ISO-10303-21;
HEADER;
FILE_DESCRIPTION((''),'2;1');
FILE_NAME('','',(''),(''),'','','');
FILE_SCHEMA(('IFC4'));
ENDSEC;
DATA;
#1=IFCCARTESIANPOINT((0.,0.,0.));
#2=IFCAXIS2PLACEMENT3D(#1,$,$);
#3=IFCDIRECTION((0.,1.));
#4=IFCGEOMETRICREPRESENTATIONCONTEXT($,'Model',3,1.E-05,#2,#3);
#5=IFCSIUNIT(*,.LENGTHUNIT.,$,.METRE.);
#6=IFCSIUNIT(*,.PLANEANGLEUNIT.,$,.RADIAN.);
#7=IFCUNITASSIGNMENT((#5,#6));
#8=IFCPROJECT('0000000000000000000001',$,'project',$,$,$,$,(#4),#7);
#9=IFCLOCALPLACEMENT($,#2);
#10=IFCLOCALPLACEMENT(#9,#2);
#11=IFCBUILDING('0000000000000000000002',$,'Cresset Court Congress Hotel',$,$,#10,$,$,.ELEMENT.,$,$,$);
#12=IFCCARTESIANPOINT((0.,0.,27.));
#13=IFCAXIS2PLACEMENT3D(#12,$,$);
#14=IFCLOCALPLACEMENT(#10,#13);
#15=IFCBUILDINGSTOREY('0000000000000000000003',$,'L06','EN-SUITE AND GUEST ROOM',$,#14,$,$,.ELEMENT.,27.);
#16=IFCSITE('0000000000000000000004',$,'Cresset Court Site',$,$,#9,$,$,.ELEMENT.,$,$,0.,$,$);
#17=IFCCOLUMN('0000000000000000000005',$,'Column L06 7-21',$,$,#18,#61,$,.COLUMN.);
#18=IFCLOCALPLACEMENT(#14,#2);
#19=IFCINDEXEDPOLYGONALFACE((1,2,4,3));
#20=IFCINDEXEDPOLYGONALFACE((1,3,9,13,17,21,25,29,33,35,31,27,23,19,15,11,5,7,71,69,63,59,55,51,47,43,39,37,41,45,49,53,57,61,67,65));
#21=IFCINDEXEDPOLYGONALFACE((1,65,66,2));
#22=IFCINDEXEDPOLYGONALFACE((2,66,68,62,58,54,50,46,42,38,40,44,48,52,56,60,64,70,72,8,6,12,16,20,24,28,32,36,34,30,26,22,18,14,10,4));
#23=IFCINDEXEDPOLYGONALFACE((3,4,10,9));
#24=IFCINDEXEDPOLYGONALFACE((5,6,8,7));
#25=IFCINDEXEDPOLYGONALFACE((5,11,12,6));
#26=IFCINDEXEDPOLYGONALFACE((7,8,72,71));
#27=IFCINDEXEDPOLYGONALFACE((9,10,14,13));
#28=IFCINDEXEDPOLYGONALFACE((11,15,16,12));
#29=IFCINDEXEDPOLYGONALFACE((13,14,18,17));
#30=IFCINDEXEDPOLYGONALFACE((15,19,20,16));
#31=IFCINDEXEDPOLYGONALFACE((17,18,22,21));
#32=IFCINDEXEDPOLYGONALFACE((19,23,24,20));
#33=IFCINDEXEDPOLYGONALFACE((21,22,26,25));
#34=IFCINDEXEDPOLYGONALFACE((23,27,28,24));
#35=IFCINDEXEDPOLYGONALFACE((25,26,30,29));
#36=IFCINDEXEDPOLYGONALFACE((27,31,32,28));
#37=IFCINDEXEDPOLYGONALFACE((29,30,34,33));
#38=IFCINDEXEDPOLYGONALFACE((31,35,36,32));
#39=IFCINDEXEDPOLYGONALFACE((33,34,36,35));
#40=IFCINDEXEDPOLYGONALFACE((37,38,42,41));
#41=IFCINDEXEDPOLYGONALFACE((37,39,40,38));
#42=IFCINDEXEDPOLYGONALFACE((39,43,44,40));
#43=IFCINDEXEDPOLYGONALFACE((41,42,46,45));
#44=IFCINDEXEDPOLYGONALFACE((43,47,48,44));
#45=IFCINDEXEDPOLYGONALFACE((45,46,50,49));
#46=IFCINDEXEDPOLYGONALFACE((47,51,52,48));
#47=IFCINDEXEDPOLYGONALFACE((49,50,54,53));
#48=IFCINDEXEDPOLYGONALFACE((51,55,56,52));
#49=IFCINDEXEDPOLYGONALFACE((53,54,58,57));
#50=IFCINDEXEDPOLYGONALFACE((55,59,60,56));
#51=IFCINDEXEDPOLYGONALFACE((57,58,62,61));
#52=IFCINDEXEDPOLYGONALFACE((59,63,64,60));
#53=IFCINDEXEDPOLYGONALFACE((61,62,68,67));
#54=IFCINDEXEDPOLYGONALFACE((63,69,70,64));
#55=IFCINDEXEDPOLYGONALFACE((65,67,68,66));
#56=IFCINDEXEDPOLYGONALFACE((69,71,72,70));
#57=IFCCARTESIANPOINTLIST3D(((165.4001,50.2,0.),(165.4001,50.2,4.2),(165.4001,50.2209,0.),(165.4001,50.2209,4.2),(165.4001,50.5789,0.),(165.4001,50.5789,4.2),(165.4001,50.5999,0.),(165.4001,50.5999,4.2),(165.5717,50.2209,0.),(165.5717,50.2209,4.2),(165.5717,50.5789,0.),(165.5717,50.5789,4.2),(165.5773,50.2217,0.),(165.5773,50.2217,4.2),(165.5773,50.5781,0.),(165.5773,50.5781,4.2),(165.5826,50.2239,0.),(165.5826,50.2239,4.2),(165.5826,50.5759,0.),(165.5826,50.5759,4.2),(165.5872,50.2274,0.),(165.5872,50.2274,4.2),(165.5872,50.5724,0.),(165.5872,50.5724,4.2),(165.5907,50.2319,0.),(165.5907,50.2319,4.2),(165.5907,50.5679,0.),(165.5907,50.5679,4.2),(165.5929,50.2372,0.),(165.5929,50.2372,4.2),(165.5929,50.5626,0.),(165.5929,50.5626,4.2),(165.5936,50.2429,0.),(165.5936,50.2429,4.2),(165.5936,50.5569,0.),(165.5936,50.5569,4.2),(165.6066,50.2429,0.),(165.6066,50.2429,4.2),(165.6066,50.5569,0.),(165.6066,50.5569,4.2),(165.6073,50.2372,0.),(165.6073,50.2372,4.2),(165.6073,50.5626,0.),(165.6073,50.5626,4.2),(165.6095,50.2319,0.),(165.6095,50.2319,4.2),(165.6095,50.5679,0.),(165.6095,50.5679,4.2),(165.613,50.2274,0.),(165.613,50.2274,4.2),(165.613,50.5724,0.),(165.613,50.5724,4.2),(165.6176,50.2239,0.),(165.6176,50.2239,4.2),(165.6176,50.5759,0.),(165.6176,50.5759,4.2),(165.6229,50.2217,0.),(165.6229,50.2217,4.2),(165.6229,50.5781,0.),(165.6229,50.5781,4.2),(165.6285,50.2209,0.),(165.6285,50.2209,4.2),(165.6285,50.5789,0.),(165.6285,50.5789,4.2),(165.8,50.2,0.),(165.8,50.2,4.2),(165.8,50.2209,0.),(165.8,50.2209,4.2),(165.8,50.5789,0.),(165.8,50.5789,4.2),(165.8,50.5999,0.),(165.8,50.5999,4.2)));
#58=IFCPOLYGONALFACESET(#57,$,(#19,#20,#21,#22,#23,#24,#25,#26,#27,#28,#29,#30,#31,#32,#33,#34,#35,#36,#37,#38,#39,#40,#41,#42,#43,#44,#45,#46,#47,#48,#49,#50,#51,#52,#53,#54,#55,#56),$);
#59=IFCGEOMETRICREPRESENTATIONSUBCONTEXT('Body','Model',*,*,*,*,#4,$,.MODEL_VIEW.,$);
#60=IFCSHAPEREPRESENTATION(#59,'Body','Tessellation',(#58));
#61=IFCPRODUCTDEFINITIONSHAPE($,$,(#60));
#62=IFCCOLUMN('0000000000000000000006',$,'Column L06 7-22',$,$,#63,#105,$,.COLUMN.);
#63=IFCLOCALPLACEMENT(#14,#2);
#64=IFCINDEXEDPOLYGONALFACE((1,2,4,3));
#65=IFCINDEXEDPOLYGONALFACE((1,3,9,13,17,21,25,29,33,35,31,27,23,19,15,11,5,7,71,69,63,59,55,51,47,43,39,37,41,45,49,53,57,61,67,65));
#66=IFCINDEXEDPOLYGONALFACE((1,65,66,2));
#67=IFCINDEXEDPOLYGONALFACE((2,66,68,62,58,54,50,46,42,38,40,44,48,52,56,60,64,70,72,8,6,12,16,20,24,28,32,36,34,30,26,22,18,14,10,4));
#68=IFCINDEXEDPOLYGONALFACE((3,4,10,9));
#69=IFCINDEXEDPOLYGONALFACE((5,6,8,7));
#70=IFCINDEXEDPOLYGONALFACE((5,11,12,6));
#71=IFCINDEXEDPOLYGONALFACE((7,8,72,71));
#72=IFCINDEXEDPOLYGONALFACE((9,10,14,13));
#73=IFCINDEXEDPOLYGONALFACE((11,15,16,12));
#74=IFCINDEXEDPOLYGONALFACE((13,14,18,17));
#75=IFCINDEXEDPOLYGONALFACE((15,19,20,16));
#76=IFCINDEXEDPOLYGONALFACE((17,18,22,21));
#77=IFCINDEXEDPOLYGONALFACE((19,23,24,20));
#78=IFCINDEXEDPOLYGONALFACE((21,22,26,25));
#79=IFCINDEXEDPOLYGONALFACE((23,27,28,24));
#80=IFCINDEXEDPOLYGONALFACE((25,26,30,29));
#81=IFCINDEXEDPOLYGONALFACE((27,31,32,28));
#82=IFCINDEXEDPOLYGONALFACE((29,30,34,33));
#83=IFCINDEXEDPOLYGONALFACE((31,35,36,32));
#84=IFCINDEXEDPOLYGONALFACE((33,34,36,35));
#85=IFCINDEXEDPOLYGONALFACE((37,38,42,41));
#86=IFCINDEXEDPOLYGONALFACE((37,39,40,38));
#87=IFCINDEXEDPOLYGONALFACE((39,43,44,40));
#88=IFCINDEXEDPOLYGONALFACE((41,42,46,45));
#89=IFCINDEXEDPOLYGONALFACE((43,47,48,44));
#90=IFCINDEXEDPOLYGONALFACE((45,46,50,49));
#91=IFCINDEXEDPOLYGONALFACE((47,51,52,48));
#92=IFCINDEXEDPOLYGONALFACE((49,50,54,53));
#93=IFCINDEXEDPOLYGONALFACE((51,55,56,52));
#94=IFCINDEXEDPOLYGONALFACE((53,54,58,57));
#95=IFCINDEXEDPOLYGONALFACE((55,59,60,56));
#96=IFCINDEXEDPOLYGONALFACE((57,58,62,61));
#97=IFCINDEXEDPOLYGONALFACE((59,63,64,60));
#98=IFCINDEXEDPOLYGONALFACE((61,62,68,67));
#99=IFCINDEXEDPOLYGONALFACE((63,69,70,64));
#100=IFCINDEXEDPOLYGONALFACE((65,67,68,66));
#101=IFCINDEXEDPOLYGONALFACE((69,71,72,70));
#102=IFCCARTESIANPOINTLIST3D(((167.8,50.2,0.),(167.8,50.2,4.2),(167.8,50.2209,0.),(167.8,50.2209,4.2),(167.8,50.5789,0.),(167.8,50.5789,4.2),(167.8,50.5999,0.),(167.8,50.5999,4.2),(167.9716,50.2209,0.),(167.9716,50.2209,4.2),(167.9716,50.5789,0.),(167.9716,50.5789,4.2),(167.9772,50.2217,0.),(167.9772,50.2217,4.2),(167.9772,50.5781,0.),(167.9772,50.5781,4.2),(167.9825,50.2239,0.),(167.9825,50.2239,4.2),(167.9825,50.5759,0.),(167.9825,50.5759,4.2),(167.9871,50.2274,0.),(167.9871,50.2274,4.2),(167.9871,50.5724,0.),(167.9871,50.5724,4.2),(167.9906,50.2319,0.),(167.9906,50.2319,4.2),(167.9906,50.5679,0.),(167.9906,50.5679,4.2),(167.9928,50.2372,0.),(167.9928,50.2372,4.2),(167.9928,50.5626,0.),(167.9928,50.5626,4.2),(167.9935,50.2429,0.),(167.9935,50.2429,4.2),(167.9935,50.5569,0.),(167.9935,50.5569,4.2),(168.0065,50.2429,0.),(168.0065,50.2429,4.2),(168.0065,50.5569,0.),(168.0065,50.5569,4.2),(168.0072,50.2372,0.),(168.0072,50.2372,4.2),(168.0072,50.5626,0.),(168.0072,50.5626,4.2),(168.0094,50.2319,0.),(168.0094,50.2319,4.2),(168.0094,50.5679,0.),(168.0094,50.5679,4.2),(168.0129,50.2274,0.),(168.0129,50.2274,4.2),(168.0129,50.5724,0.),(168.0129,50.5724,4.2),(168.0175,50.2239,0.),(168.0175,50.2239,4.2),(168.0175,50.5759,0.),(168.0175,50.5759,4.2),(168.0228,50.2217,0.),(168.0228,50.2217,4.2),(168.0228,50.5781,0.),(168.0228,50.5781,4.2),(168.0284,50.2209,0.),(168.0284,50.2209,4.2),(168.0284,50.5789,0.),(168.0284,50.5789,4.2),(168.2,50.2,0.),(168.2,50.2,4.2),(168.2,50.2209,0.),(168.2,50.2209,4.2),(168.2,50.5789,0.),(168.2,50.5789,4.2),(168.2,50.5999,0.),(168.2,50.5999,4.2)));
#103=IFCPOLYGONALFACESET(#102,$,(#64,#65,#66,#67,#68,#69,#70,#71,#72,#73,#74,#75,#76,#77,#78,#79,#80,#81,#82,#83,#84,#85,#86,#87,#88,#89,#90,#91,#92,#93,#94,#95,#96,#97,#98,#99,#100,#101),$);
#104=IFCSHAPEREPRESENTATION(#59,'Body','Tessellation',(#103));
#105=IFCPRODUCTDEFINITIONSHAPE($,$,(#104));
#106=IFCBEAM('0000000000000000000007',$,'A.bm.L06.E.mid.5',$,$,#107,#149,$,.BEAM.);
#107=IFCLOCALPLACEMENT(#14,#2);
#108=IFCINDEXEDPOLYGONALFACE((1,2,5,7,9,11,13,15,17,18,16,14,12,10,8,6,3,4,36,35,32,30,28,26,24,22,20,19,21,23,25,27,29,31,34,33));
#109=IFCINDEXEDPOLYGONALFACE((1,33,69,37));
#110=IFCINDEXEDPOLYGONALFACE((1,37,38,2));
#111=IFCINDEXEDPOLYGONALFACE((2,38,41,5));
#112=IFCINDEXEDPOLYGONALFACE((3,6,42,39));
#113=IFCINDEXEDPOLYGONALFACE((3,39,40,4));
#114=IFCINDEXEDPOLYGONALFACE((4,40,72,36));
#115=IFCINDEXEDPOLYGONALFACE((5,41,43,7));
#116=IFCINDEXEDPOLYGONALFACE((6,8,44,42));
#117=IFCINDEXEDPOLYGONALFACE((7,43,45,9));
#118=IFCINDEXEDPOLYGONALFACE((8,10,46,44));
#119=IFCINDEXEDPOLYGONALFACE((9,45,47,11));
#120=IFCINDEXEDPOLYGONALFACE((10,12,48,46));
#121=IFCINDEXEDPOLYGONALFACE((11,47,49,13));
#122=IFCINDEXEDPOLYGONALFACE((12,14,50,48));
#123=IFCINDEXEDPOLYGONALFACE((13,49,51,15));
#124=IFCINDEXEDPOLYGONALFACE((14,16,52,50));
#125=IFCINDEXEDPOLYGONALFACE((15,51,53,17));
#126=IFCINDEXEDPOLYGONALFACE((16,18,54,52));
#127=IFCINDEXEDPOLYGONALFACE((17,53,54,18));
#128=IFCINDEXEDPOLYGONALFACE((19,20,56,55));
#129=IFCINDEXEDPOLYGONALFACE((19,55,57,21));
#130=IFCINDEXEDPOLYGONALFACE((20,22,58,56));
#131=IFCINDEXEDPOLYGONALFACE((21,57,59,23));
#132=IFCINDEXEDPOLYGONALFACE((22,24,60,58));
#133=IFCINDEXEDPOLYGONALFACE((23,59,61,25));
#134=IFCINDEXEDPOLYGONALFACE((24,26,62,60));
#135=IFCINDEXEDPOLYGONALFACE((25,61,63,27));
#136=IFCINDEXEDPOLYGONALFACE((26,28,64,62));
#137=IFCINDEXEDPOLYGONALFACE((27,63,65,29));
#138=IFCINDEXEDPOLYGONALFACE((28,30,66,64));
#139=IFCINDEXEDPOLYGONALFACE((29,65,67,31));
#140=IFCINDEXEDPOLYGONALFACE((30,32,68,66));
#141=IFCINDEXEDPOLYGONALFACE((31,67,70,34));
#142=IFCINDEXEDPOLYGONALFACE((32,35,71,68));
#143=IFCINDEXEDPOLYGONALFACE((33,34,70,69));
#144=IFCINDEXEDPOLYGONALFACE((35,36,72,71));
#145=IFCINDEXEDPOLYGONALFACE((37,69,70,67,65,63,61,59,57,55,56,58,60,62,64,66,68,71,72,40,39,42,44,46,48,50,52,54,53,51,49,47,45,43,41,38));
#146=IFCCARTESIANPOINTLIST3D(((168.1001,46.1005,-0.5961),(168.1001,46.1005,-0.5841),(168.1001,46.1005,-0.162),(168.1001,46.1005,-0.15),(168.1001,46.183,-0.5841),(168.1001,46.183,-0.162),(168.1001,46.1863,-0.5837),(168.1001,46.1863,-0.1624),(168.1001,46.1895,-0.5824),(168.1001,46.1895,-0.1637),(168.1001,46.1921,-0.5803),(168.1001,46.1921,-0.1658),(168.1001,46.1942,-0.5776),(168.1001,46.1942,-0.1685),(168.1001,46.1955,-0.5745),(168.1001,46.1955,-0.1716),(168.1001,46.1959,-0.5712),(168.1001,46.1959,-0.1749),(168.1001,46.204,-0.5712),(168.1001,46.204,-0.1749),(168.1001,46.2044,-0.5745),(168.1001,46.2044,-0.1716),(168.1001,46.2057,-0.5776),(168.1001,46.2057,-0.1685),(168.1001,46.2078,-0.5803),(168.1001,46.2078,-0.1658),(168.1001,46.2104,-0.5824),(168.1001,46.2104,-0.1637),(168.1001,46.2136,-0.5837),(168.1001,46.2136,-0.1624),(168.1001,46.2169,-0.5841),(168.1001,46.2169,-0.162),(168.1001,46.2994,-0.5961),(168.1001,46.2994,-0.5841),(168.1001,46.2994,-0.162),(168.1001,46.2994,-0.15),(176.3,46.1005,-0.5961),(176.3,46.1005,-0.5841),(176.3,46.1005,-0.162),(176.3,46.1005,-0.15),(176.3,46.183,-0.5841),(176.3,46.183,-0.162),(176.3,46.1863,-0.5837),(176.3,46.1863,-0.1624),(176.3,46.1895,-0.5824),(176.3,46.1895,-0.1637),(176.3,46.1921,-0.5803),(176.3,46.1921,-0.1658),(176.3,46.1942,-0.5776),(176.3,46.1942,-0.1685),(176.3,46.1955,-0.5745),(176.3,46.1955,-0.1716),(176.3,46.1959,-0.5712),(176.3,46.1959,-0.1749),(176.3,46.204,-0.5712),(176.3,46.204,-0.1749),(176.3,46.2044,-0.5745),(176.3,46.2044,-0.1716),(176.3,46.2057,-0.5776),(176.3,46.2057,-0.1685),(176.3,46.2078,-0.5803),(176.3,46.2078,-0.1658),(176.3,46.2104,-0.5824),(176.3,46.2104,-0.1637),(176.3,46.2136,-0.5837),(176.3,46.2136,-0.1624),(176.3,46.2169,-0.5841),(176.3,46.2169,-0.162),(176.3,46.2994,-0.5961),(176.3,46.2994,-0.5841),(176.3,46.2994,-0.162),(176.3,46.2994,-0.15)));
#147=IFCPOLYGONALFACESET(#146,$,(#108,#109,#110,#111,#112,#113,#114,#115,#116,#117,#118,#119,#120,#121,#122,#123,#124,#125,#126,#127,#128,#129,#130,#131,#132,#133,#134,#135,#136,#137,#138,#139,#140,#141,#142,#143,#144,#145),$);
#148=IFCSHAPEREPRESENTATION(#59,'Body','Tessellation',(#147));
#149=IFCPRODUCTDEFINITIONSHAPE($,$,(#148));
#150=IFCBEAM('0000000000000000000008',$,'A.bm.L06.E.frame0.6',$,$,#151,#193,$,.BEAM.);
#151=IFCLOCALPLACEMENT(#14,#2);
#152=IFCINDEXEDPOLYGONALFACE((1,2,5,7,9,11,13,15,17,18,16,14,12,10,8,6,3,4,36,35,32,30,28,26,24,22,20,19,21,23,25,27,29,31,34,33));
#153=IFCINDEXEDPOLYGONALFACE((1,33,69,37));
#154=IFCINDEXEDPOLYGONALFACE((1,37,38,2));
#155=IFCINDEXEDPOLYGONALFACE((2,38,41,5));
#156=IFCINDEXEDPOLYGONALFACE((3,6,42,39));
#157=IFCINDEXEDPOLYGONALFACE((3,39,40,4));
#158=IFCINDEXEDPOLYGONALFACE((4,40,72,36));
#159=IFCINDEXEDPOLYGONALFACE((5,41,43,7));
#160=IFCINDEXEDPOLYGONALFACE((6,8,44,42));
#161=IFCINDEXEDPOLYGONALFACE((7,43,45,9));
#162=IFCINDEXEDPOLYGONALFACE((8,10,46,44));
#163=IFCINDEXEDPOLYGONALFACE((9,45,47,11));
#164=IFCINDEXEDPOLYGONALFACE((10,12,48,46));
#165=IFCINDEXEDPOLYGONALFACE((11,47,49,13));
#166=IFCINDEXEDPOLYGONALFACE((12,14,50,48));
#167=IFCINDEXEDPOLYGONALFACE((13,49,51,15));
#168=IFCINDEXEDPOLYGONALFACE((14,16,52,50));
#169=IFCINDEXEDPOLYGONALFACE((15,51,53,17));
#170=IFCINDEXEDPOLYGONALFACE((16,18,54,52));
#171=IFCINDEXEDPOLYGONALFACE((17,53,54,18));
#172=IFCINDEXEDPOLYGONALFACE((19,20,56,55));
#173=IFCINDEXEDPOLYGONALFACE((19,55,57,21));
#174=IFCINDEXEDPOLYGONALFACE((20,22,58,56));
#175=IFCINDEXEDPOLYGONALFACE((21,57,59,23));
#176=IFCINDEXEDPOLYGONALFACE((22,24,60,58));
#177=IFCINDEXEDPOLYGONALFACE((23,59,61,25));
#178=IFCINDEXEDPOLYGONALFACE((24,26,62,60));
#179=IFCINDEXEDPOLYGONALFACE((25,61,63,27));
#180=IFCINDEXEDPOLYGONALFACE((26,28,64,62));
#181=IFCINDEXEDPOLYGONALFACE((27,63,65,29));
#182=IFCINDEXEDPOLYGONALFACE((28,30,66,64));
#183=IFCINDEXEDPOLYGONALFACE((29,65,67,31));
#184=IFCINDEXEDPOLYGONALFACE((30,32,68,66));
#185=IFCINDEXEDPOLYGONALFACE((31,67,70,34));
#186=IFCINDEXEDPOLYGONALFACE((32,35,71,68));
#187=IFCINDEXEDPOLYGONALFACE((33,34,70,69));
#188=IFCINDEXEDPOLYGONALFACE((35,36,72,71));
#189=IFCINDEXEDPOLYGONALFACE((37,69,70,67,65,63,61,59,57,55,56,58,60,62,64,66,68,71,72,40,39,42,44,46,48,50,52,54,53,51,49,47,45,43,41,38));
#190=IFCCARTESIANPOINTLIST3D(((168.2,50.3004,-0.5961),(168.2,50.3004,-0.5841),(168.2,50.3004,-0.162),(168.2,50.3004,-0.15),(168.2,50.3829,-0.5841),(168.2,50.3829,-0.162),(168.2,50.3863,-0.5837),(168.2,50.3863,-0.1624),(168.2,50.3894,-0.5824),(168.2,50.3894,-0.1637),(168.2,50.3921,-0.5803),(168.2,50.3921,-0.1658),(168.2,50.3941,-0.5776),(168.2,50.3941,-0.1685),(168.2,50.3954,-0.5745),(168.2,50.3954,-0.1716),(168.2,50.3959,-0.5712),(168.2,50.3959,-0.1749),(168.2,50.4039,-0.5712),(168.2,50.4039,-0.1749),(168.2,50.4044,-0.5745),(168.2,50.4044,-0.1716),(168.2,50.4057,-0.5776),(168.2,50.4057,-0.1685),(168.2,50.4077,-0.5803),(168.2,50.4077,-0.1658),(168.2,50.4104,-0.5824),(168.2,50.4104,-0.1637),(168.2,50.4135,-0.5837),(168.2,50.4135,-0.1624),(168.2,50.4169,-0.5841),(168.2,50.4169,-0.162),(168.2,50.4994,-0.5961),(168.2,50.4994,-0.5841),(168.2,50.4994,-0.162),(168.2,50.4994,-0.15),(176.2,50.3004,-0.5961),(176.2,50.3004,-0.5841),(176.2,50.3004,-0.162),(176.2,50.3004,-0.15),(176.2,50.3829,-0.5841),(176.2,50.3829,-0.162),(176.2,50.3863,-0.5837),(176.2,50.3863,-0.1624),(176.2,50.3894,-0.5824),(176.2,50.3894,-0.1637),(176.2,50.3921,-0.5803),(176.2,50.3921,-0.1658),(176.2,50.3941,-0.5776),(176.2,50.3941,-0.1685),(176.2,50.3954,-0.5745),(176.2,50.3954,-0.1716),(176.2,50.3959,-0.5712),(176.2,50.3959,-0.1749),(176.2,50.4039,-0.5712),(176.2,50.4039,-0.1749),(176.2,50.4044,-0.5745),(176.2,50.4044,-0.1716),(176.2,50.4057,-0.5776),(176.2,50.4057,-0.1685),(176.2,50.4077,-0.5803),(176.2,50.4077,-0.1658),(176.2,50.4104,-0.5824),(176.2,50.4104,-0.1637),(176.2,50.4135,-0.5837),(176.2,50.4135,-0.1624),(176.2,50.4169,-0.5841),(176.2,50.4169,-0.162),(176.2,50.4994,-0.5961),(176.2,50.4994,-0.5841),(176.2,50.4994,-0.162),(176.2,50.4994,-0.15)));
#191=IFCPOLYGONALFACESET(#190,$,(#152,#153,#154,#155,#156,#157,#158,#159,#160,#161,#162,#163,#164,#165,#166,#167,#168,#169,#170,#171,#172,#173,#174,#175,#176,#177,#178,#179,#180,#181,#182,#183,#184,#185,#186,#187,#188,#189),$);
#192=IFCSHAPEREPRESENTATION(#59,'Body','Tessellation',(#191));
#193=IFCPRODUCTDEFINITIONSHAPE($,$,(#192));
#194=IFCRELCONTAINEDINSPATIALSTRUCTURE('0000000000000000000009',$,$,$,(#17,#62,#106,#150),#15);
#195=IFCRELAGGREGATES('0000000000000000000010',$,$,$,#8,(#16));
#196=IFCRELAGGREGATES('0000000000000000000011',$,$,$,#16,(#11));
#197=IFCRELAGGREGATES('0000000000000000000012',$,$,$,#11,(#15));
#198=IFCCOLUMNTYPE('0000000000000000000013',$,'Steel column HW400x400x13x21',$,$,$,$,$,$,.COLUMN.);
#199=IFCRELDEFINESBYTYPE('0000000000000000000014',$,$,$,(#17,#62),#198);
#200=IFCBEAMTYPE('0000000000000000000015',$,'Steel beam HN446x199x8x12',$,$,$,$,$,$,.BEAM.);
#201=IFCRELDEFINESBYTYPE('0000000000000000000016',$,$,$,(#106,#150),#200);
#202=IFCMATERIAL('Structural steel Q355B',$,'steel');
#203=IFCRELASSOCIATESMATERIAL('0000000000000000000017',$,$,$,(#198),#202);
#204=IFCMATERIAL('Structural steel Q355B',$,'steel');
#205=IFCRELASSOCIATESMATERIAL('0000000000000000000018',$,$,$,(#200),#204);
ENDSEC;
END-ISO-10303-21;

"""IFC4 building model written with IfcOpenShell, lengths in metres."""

from ifc_helpers import new_model, si_unit, direction, frame, origin, origin_2d, place, context, subcontext, project, spatial, i_section, extrude, material, material_profile, profile_set, type_object, element, save


model = new_model("IFC4")

# Units and contexts
model_context = context("Model", 3, precision=1e-05, world=origin(), true_north=direction((0.0, 1.0)))
body_context = subcontext(model_context, "Body", "Model", "MODEL_VIEW")
ifc_project = project(units=[si_unit("LENGTHUNIT", "METRE"), si_unit("PLANEANGLEUNIT", "RADIAN")], contexts=[model_context])

# Site, building, storey
site_placement = place(None, origin())
site = spatial("IfcSite", under=ifc_project, at=site_placement, Name="Cresset Court Site", CompositionType="ELEMENT", RefElevation=0.0)
building_placement = place(site_placement, origin())
building = spatial("IfcBuilding", under=site, at=building_placement, Name="Cresset Court Congress Hotel", CompositionType="ELEMENT")
storey_placement = place(building_placement, frame((0.0, 0.0, 27.0)))
storey = spatial("IfcBuildingStorey", under=building, at=storey_placement, Name="L06", Description="EN-SUITE AND GUEST ROOM", CompositionType="ELEMENT", Elevation=27.0)

# Columns
ifc_material_1 = material(Name="Structural steel Q355B", Category="steel")
ifc_material_profile_1 = material_profile(ifc_material_1, i_section(OverallWidth=0.3999, OverallDepth=0.3999, WebThickness=0.0129, FlangeThickness=0.021, FilletRadius=0.022, at=origin_2d()), Name="HW400x400x13x21")
ifc_profile_set_1 = profile_set([ifc_material_profile_1], Name="Structural steel Q355B")
column_type = type_object("IfcColumnType", Name="Steel column HW400x400x13x21", PredefinedType="COLUMN", material=ifc_profile_set_1)
for number, where, z_axis, x_axis, name in (
    (1, (165.6001, 50.3999, 0.0), (0.0, 0.0, 1.0), (1.0, 0.0, 0.0), "Column L06 7-21"),
    (2, (168.0, 50.3999, 0.0), (0.0, 0.0, 1.0), (1.0, 0.0, 0.0), "Column L06 7-22"),
):
    element("IfcColumn", number, at=place(storey_placement, frame(where, z_axis=z_axis, x_axis=x_axis)), inside=storey, type_object=column_type, Name=name, PredefinedType="COLUMN", context=body_context, shape_type="SweptSolid", body=[
        extrude(i_section(OverallWidth=0.3999, OverallDepth=0.3999, WebThickness=0.0129, FlangeThickness=0.021, FilletRadius=0.022, at=origin_2d()), origin(), (0.0, 0.0, 1.0), 4.2),
    ])

# Beams
ifc_material_2 = material(Name="Structural steel Q355B", Category="steel")
ifc_material_profile_2 = material_profile(ifc_material_2, i_section(OverallWidth=0.199, OverallDepth=0.446, WebThickness=0.0081, FlangeThickness=0.012, FilletRadius=0.0129, at=origin_2d()), Name="HN446x199x8x12")
ifc_profile_set_2 = profile_set([ifc_material_profile_2], Name="Structural steel Q355B")
beam_type_1 = type_object("IfcBeamType", Name="Steel beam HN446x199x8x12", PredefinedType="BEAM", material=ifc_profile_set_2)
beam_1_placement = place(storey_placement, frame((168.1001, 46.2, -0.373), z_axis=(1.0, 0.0, 0.0), x_axis=(0.0, 1.0, 0.0)))
element("IfcBeam", 3, at=beam_1_placement, inside=storey, type_object=beam_type_1, Name="A.bm.L06.E.mid.5", PredefinedType="BEAM", context=body_context, shape_type="SweptSolid", body=[
    extrude(i_section(OverallWidth=0.199, OverallDepth=0.446, WebThickness=0.0081, FlangeThickness=0.012, FilletRadius=0.0129, at=origin_2d()), origin(), (0.0, 0.0, 1.0), 8.2),
])
beam_2_placement = place(storey_placement, frame((168.2, 50.3999, -0.373), z_axis=(1.0, 0.0, 0.0), x_axis=(0.0, 1.0, 0.0)))
element("IfcBeam", 4, at=beam_2_placement, inside=storey, type_object=beam_type_1, Name="A.bm.L06.E.frame0.6", PredefinedType="BEAM", context=body_context, shape_type="SweptSolid", body=[
    extrude(i_section(OverallWidth=0.199, OverallDepth=0.446, WebThickness=0.0081, FlangeThickness=0.012, FilletRadius=0.0129, at=origin_2d()), origin(), (0.0, 0.0, 1.0), 8.0),
])

save(model, "model.ifc")
